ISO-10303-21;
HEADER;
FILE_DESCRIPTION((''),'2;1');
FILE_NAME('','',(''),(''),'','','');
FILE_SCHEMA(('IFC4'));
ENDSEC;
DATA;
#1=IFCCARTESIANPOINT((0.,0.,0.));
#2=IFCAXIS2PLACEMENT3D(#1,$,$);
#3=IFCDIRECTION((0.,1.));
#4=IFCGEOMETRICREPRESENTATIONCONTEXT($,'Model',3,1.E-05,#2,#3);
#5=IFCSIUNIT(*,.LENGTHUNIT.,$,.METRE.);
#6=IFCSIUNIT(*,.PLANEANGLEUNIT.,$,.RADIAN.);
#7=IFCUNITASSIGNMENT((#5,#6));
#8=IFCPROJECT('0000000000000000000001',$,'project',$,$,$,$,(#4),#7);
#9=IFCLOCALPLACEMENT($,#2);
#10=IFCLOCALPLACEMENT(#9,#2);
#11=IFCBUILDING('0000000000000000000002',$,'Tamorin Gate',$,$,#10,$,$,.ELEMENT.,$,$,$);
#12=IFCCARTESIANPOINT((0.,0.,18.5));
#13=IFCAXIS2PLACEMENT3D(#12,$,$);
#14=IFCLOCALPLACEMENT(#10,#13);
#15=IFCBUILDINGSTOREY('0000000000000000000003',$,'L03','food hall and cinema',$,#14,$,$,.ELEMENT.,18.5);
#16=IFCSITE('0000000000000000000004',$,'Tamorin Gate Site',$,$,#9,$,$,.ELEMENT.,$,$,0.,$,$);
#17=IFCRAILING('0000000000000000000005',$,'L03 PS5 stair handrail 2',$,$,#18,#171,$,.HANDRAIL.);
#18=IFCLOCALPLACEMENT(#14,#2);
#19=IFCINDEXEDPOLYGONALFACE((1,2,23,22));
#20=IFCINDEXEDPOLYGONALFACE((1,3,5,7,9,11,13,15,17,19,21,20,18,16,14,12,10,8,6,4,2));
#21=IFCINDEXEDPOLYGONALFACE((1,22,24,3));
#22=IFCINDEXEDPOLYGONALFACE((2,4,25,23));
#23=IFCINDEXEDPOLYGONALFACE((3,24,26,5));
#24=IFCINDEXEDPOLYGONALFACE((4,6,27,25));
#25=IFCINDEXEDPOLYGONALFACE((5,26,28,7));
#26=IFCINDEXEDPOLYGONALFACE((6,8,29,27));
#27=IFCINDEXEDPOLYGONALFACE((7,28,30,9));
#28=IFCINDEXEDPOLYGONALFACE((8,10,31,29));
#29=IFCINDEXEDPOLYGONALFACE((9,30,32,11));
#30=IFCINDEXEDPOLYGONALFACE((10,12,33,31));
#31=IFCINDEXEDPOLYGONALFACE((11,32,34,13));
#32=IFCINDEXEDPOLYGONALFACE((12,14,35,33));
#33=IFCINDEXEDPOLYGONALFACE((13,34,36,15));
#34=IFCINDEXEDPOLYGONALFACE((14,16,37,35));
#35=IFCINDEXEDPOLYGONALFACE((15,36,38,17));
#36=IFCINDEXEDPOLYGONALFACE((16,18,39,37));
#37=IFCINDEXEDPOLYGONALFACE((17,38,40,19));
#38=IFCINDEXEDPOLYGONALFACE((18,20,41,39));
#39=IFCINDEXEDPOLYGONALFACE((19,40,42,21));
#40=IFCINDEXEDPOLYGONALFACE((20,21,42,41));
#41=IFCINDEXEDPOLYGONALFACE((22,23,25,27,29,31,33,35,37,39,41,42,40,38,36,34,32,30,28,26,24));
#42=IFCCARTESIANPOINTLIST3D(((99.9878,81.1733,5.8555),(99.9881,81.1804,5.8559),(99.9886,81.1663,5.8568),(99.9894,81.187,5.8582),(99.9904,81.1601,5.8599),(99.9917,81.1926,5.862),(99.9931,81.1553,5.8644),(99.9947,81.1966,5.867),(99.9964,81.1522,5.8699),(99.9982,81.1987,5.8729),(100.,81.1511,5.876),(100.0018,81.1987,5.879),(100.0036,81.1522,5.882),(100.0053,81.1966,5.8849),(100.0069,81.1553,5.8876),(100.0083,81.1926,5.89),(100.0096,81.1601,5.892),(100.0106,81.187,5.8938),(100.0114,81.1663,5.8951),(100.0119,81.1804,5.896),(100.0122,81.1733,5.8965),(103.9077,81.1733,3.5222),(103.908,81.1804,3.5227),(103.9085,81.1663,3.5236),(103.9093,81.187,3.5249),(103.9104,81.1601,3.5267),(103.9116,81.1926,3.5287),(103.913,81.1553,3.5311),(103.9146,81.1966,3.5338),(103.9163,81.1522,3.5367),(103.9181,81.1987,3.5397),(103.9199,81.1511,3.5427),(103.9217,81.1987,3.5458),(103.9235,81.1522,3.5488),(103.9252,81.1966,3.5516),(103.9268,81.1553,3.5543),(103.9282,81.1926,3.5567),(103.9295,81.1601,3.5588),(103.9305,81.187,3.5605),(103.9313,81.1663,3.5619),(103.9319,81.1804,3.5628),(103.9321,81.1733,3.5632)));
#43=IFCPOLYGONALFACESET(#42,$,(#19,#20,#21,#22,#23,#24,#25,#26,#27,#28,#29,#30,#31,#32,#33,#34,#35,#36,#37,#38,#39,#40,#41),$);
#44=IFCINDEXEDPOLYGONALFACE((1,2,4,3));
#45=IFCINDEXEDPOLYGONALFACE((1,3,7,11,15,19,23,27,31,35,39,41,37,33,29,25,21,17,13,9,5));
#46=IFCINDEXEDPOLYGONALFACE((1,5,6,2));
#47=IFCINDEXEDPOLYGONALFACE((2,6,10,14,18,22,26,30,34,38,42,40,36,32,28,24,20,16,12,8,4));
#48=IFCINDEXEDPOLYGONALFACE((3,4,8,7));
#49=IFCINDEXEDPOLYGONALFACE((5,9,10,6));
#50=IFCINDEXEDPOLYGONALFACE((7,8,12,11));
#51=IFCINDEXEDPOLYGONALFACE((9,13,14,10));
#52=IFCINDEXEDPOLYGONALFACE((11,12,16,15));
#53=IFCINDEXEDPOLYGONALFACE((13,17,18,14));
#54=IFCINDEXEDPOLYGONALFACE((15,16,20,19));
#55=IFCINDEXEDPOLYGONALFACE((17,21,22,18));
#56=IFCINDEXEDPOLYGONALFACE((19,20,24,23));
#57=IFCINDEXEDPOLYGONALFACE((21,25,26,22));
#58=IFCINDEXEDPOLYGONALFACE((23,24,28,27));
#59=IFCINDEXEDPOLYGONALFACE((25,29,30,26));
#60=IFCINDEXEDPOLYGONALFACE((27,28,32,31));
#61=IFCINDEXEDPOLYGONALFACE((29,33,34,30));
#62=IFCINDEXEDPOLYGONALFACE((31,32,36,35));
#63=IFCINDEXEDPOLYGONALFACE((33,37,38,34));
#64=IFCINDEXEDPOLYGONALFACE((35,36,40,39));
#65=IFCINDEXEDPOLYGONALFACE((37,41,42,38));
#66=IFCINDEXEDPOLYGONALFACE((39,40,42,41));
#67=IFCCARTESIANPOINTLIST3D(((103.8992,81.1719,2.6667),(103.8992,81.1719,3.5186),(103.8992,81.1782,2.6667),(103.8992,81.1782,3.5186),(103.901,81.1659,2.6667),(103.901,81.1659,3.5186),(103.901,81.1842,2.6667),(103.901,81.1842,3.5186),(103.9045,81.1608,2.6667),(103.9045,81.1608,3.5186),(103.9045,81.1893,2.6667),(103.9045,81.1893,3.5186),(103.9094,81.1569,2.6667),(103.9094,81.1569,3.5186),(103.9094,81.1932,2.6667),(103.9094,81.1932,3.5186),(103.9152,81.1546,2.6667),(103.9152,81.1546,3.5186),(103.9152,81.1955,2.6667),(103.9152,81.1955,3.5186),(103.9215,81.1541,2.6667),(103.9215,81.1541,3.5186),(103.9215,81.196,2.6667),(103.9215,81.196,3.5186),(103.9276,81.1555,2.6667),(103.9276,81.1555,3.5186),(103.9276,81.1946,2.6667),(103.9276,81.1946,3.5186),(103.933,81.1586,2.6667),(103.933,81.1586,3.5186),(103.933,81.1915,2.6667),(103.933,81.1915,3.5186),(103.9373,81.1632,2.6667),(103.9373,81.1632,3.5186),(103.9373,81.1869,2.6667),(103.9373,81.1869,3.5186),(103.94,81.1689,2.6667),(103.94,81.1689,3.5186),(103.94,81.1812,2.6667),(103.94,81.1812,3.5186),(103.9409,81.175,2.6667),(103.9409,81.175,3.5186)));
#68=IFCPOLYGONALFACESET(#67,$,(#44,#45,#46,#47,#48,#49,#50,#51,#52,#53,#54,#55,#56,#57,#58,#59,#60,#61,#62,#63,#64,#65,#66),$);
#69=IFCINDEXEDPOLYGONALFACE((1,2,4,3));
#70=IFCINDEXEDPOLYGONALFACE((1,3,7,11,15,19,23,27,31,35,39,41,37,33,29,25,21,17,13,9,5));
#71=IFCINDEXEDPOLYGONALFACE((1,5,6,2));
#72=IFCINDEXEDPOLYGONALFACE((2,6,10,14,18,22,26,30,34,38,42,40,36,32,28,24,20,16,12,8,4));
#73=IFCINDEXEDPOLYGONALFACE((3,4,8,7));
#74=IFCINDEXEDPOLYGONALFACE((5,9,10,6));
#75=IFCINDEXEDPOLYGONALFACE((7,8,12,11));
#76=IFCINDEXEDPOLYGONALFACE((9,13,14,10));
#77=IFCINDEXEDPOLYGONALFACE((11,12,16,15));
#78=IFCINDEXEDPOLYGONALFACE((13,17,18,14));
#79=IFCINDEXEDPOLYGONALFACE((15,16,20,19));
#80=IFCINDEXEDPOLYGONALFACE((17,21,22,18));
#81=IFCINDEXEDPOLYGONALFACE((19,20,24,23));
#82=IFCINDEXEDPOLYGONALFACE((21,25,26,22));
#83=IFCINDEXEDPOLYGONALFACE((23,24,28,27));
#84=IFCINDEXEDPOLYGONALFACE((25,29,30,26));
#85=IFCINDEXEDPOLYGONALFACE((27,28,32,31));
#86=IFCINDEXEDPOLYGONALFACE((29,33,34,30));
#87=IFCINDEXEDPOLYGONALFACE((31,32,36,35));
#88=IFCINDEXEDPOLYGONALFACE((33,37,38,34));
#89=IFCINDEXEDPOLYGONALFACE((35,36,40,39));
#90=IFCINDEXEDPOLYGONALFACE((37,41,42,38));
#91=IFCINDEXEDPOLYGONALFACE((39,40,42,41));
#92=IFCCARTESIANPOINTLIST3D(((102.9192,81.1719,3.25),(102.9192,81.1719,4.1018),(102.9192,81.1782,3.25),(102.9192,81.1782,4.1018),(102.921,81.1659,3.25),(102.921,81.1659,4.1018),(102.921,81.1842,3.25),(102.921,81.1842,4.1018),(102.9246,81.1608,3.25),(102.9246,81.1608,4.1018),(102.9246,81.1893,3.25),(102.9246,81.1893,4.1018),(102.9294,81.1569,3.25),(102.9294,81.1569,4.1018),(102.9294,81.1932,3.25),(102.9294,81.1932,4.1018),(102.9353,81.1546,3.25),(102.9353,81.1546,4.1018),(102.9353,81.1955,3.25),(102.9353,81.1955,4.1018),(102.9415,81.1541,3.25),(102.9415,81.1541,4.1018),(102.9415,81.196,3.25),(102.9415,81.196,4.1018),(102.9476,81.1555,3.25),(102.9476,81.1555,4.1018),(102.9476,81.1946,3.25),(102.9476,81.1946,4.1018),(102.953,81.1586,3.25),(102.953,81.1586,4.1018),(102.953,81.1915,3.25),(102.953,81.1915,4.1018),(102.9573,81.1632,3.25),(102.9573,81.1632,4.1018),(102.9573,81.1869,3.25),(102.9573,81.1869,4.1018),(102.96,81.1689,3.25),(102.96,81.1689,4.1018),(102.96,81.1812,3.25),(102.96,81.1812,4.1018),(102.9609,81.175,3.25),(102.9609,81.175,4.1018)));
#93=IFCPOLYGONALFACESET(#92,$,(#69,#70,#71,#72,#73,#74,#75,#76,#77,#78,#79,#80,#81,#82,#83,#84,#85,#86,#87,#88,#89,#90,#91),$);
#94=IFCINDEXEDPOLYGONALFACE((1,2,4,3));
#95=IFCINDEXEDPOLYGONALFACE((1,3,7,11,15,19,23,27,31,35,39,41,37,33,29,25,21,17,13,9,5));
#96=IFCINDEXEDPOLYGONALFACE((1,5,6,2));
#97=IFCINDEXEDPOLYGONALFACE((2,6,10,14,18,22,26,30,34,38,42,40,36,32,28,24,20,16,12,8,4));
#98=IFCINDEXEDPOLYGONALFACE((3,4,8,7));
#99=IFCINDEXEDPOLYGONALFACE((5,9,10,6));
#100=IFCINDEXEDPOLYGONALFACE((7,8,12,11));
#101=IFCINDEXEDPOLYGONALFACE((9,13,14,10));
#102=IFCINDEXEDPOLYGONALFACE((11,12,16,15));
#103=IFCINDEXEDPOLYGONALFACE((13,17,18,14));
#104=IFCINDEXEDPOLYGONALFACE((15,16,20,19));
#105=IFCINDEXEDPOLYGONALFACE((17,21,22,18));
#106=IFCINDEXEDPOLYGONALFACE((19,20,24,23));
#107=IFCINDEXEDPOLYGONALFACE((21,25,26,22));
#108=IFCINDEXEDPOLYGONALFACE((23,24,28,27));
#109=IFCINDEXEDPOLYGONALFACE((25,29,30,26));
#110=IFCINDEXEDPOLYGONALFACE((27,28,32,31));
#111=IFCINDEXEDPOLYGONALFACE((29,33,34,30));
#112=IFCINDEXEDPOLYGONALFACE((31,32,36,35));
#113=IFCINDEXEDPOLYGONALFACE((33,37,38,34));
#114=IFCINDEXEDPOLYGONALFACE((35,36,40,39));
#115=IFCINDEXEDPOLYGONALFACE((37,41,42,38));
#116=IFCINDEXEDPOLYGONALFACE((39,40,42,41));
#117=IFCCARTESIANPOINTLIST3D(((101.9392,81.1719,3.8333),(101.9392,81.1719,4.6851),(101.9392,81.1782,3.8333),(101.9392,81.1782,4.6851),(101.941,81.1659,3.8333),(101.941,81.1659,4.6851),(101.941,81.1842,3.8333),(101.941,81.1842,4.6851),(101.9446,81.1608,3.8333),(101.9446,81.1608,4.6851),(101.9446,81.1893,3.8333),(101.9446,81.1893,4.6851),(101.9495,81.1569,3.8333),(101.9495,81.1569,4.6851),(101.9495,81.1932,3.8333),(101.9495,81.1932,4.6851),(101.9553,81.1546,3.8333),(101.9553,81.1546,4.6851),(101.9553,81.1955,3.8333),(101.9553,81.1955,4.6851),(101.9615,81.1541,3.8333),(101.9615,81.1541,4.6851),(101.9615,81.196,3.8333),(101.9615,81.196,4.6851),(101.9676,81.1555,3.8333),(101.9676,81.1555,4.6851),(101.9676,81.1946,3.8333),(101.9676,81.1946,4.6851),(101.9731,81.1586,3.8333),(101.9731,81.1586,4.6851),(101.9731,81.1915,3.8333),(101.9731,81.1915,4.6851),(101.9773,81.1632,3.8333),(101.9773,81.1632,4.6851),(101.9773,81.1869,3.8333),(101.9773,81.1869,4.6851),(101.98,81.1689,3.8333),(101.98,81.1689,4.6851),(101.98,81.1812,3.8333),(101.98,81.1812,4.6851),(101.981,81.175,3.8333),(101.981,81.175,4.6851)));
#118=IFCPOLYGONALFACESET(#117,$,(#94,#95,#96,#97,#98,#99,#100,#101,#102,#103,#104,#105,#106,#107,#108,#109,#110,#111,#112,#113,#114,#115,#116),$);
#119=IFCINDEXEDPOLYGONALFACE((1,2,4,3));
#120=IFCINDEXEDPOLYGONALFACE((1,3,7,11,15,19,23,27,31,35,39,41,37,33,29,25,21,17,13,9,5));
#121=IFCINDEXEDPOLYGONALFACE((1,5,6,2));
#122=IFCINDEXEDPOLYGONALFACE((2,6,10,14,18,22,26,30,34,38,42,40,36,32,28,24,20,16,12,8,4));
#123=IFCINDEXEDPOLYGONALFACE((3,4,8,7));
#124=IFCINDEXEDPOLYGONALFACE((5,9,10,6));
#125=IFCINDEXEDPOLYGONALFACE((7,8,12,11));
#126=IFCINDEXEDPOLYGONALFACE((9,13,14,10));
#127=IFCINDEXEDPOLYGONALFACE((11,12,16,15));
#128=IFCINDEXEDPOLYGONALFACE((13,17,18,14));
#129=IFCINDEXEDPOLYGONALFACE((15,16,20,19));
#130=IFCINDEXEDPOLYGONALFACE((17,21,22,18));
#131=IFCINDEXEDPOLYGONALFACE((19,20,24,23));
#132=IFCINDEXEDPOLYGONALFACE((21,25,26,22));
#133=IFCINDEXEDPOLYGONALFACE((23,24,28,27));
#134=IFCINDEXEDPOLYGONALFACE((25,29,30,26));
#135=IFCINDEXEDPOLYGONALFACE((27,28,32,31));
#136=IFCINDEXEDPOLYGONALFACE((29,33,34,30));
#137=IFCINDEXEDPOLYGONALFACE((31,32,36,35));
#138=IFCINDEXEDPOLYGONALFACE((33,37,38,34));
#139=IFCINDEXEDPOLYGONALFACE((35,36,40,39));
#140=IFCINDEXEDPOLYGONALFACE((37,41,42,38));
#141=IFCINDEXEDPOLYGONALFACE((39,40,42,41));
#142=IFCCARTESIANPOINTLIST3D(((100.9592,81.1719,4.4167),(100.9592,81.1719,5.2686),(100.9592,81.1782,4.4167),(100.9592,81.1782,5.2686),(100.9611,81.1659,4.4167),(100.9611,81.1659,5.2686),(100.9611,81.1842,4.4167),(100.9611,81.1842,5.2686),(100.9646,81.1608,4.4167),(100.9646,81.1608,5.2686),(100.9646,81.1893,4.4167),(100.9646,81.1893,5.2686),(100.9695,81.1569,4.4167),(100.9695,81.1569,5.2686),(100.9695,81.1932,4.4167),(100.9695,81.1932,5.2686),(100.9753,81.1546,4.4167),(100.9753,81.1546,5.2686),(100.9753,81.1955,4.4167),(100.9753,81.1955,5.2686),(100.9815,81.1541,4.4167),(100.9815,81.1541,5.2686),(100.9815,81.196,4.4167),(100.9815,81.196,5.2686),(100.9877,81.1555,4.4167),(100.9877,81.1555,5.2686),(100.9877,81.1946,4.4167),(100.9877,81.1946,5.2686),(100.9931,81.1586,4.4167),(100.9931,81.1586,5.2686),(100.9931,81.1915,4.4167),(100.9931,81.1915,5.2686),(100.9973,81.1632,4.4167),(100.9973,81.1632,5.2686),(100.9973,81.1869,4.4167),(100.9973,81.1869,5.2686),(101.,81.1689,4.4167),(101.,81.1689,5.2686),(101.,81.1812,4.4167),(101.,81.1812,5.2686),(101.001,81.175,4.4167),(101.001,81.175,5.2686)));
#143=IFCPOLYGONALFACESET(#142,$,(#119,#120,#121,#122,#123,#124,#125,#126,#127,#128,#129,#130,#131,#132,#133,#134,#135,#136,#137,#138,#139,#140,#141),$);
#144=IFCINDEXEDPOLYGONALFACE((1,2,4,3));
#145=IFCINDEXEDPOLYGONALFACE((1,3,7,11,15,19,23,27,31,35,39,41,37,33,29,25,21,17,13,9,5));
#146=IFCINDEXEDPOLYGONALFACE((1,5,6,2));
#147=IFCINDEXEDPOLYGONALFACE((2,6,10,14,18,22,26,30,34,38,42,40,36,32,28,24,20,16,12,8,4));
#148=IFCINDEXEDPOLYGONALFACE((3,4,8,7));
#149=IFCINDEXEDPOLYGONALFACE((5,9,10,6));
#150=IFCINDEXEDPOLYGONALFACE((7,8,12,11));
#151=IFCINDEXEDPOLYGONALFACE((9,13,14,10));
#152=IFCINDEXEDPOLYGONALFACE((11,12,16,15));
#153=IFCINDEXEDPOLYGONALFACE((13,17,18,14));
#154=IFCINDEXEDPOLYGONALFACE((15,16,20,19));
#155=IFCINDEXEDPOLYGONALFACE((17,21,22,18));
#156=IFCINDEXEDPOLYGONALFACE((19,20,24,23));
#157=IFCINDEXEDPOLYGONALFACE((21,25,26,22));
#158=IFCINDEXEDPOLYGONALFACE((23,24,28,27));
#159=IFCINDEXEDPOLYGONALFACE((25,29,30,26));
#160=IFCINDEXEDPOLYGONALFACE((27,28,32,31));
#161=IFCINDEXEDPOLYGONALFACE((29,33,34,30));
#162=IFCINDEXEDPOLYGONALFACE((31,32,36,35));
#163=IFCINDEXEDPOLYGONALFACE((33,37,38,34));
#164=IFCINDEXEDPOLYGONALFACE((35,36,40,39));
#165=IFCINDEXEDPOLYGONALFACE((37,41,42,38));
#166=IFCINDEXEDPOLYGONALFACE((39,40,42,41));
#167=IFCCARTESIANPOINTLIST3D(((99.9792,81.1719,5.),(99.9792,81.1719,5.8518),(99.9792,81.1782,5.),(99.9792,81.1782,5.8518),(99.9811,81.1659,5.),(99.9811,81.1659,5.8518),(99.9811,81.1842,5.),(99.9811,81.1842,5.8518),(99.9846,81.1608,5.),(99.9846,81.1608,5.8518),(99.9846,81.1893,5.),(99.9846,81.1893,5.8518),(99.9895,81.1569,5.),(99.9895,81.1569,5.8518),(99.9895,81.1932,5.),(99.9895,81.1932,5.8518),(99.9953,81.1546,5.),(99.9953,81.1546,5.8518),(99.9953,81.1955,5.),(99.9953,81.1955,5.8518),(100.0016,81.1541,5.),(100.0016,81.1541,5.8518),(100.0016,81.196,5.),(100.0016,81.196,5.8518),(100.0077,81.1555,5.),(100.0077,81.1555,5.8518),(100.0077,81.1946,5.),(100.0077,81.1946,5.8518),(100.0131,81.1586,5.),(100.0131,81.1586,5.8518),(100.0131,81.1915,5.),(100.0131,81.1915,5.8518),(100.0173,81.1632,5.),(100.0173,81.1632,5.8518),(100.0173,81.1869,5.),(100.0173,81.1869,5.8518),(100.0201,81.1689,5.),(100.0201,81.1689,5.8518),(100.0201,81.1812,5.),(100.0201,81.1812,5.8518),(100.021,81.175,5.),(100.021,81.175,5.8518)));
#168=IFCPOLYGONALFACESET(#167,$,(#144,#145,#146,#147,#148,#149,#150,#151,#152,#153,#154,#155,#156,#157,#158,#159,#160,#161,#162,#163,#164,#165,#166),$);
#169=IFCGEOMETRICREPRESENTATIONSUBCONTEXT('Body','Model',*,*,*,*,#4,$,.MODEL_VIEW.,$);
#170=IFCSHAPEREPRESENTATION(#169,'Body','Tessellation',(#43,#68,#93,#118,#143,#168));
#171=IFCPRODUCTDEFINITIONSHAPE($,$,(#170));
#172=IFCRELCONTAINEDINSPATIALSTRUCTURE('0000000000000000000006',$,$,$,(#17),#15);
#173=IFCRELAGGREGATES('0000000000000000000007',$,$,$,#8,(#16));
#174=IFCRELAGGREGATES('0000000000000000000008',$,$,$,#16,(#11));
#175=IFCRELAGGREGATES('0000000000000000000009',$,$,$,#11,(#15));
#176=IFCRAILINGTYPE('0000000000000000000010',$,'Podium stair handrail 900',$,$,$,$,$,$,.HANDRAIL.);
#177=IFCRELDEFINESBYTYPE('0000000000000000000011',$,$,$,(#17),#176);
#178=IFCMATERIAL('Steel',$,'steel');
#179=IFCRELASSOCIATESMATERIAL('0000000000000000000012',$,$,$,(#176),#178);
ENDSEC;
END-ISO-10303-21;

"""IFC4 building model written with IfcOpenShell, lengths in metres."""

from ifc_helpers import new_model, si_unit, direction, frame, origin, origin_2d, place, context, subcontext, project, spatial, circle, extrude, material, type_object, element, save


model = new_model("IFC4")

# Units and contexts
model_context = context("Model", 3, precision=1e-05, world=origin(), true_north=direction((0.0, 1.0)))
body_context = subcontext(model_context, "Body", "Model", "MODEL_VIEW")
ifc_project = project(units=[si_unit("LENGTHUNIT", "METRE"), si_unit("PLANEANGLEUNIT", "RADIAN")], contexts=[model_context])

# Site, building, storey
site_placement = place(None, origin())
site = spatial("IfcSite", under=ifc_project, at=site_placement, Name="Tamorin Gate Site", CompositionType="ELEMENT", RefElevation=0.0)
building_placement = place(site_placement, origin())
building = spatial("IfcBuilding", under=site, at=building_placement, Name="Tamorin Gate", CompositionType="ELEMENT")
storey_placement = place(building_placement, frame((0.0, 0.0, 18.5)))
storey = spatial("IfcBuildingStorey", under=building, at=storey_placement, Name="L03", Description="food hall and cinema", CompositionType="ELEMENT", Elevation=18.5)

# Railing
ifc_material_1 = material(Name="Steel", Category="steel")
railing_type_1 = type_object("IfcRailingType", Name="Podium stair handrail 900", PredefinedType="HANDRAIL", material=ifc_material_1)
railing_1_placement = place(storey_placement, frame((103.9199, 81.175, 2.6667)))
element("IfcRailing", 1, at=railing_1_placement, inside=storey, type_object=railing_type_1, Name="L03 PS5 stair handrail 2", PredefinedType="HANDRAIL", context=body_context, shape_type="SweptSolid", body=[
    extrude(circle(Radius=0.0239, at=origin_2d()), frame((0.0, 0.0, 0.876), z_axis=(-0.859296, 0.0, 0.511478), x_axis=(0.0, -1.0, 0.0)), (0.0, 0.0, 1.0), 4.5618),
    extrude(circle(Radius=0.021, at=origin_2d()), origin(), (0.0, 0.0, 1.0), 0.8518),
    extrude(circle(Radius=0.021, at=origin_2d()), frame((-0.98, 0.0, 0.5833)), (0.0, 0.0, 1.0), 0.8518),
    extrude(circle(Radius=0.021, at=origin_2d()), frame((-1.96, 0.0, 1.1665)), (0.0, 0.0, 1.0), 0.8518),
    extrude(circle(Radius=0.021, at=origin_2d()), frame((-2.9399, 0.0, 1.75)), (0.0, 0.0, 1.0), 0.8518),
    extrude(circle(Radius=0.021, at=origin_2d()), frame((-3.9199, 0.0, 2.3333)), (0.0, 0.0, 1.0), 0.8518),
])

save(model, "model.ifc")
